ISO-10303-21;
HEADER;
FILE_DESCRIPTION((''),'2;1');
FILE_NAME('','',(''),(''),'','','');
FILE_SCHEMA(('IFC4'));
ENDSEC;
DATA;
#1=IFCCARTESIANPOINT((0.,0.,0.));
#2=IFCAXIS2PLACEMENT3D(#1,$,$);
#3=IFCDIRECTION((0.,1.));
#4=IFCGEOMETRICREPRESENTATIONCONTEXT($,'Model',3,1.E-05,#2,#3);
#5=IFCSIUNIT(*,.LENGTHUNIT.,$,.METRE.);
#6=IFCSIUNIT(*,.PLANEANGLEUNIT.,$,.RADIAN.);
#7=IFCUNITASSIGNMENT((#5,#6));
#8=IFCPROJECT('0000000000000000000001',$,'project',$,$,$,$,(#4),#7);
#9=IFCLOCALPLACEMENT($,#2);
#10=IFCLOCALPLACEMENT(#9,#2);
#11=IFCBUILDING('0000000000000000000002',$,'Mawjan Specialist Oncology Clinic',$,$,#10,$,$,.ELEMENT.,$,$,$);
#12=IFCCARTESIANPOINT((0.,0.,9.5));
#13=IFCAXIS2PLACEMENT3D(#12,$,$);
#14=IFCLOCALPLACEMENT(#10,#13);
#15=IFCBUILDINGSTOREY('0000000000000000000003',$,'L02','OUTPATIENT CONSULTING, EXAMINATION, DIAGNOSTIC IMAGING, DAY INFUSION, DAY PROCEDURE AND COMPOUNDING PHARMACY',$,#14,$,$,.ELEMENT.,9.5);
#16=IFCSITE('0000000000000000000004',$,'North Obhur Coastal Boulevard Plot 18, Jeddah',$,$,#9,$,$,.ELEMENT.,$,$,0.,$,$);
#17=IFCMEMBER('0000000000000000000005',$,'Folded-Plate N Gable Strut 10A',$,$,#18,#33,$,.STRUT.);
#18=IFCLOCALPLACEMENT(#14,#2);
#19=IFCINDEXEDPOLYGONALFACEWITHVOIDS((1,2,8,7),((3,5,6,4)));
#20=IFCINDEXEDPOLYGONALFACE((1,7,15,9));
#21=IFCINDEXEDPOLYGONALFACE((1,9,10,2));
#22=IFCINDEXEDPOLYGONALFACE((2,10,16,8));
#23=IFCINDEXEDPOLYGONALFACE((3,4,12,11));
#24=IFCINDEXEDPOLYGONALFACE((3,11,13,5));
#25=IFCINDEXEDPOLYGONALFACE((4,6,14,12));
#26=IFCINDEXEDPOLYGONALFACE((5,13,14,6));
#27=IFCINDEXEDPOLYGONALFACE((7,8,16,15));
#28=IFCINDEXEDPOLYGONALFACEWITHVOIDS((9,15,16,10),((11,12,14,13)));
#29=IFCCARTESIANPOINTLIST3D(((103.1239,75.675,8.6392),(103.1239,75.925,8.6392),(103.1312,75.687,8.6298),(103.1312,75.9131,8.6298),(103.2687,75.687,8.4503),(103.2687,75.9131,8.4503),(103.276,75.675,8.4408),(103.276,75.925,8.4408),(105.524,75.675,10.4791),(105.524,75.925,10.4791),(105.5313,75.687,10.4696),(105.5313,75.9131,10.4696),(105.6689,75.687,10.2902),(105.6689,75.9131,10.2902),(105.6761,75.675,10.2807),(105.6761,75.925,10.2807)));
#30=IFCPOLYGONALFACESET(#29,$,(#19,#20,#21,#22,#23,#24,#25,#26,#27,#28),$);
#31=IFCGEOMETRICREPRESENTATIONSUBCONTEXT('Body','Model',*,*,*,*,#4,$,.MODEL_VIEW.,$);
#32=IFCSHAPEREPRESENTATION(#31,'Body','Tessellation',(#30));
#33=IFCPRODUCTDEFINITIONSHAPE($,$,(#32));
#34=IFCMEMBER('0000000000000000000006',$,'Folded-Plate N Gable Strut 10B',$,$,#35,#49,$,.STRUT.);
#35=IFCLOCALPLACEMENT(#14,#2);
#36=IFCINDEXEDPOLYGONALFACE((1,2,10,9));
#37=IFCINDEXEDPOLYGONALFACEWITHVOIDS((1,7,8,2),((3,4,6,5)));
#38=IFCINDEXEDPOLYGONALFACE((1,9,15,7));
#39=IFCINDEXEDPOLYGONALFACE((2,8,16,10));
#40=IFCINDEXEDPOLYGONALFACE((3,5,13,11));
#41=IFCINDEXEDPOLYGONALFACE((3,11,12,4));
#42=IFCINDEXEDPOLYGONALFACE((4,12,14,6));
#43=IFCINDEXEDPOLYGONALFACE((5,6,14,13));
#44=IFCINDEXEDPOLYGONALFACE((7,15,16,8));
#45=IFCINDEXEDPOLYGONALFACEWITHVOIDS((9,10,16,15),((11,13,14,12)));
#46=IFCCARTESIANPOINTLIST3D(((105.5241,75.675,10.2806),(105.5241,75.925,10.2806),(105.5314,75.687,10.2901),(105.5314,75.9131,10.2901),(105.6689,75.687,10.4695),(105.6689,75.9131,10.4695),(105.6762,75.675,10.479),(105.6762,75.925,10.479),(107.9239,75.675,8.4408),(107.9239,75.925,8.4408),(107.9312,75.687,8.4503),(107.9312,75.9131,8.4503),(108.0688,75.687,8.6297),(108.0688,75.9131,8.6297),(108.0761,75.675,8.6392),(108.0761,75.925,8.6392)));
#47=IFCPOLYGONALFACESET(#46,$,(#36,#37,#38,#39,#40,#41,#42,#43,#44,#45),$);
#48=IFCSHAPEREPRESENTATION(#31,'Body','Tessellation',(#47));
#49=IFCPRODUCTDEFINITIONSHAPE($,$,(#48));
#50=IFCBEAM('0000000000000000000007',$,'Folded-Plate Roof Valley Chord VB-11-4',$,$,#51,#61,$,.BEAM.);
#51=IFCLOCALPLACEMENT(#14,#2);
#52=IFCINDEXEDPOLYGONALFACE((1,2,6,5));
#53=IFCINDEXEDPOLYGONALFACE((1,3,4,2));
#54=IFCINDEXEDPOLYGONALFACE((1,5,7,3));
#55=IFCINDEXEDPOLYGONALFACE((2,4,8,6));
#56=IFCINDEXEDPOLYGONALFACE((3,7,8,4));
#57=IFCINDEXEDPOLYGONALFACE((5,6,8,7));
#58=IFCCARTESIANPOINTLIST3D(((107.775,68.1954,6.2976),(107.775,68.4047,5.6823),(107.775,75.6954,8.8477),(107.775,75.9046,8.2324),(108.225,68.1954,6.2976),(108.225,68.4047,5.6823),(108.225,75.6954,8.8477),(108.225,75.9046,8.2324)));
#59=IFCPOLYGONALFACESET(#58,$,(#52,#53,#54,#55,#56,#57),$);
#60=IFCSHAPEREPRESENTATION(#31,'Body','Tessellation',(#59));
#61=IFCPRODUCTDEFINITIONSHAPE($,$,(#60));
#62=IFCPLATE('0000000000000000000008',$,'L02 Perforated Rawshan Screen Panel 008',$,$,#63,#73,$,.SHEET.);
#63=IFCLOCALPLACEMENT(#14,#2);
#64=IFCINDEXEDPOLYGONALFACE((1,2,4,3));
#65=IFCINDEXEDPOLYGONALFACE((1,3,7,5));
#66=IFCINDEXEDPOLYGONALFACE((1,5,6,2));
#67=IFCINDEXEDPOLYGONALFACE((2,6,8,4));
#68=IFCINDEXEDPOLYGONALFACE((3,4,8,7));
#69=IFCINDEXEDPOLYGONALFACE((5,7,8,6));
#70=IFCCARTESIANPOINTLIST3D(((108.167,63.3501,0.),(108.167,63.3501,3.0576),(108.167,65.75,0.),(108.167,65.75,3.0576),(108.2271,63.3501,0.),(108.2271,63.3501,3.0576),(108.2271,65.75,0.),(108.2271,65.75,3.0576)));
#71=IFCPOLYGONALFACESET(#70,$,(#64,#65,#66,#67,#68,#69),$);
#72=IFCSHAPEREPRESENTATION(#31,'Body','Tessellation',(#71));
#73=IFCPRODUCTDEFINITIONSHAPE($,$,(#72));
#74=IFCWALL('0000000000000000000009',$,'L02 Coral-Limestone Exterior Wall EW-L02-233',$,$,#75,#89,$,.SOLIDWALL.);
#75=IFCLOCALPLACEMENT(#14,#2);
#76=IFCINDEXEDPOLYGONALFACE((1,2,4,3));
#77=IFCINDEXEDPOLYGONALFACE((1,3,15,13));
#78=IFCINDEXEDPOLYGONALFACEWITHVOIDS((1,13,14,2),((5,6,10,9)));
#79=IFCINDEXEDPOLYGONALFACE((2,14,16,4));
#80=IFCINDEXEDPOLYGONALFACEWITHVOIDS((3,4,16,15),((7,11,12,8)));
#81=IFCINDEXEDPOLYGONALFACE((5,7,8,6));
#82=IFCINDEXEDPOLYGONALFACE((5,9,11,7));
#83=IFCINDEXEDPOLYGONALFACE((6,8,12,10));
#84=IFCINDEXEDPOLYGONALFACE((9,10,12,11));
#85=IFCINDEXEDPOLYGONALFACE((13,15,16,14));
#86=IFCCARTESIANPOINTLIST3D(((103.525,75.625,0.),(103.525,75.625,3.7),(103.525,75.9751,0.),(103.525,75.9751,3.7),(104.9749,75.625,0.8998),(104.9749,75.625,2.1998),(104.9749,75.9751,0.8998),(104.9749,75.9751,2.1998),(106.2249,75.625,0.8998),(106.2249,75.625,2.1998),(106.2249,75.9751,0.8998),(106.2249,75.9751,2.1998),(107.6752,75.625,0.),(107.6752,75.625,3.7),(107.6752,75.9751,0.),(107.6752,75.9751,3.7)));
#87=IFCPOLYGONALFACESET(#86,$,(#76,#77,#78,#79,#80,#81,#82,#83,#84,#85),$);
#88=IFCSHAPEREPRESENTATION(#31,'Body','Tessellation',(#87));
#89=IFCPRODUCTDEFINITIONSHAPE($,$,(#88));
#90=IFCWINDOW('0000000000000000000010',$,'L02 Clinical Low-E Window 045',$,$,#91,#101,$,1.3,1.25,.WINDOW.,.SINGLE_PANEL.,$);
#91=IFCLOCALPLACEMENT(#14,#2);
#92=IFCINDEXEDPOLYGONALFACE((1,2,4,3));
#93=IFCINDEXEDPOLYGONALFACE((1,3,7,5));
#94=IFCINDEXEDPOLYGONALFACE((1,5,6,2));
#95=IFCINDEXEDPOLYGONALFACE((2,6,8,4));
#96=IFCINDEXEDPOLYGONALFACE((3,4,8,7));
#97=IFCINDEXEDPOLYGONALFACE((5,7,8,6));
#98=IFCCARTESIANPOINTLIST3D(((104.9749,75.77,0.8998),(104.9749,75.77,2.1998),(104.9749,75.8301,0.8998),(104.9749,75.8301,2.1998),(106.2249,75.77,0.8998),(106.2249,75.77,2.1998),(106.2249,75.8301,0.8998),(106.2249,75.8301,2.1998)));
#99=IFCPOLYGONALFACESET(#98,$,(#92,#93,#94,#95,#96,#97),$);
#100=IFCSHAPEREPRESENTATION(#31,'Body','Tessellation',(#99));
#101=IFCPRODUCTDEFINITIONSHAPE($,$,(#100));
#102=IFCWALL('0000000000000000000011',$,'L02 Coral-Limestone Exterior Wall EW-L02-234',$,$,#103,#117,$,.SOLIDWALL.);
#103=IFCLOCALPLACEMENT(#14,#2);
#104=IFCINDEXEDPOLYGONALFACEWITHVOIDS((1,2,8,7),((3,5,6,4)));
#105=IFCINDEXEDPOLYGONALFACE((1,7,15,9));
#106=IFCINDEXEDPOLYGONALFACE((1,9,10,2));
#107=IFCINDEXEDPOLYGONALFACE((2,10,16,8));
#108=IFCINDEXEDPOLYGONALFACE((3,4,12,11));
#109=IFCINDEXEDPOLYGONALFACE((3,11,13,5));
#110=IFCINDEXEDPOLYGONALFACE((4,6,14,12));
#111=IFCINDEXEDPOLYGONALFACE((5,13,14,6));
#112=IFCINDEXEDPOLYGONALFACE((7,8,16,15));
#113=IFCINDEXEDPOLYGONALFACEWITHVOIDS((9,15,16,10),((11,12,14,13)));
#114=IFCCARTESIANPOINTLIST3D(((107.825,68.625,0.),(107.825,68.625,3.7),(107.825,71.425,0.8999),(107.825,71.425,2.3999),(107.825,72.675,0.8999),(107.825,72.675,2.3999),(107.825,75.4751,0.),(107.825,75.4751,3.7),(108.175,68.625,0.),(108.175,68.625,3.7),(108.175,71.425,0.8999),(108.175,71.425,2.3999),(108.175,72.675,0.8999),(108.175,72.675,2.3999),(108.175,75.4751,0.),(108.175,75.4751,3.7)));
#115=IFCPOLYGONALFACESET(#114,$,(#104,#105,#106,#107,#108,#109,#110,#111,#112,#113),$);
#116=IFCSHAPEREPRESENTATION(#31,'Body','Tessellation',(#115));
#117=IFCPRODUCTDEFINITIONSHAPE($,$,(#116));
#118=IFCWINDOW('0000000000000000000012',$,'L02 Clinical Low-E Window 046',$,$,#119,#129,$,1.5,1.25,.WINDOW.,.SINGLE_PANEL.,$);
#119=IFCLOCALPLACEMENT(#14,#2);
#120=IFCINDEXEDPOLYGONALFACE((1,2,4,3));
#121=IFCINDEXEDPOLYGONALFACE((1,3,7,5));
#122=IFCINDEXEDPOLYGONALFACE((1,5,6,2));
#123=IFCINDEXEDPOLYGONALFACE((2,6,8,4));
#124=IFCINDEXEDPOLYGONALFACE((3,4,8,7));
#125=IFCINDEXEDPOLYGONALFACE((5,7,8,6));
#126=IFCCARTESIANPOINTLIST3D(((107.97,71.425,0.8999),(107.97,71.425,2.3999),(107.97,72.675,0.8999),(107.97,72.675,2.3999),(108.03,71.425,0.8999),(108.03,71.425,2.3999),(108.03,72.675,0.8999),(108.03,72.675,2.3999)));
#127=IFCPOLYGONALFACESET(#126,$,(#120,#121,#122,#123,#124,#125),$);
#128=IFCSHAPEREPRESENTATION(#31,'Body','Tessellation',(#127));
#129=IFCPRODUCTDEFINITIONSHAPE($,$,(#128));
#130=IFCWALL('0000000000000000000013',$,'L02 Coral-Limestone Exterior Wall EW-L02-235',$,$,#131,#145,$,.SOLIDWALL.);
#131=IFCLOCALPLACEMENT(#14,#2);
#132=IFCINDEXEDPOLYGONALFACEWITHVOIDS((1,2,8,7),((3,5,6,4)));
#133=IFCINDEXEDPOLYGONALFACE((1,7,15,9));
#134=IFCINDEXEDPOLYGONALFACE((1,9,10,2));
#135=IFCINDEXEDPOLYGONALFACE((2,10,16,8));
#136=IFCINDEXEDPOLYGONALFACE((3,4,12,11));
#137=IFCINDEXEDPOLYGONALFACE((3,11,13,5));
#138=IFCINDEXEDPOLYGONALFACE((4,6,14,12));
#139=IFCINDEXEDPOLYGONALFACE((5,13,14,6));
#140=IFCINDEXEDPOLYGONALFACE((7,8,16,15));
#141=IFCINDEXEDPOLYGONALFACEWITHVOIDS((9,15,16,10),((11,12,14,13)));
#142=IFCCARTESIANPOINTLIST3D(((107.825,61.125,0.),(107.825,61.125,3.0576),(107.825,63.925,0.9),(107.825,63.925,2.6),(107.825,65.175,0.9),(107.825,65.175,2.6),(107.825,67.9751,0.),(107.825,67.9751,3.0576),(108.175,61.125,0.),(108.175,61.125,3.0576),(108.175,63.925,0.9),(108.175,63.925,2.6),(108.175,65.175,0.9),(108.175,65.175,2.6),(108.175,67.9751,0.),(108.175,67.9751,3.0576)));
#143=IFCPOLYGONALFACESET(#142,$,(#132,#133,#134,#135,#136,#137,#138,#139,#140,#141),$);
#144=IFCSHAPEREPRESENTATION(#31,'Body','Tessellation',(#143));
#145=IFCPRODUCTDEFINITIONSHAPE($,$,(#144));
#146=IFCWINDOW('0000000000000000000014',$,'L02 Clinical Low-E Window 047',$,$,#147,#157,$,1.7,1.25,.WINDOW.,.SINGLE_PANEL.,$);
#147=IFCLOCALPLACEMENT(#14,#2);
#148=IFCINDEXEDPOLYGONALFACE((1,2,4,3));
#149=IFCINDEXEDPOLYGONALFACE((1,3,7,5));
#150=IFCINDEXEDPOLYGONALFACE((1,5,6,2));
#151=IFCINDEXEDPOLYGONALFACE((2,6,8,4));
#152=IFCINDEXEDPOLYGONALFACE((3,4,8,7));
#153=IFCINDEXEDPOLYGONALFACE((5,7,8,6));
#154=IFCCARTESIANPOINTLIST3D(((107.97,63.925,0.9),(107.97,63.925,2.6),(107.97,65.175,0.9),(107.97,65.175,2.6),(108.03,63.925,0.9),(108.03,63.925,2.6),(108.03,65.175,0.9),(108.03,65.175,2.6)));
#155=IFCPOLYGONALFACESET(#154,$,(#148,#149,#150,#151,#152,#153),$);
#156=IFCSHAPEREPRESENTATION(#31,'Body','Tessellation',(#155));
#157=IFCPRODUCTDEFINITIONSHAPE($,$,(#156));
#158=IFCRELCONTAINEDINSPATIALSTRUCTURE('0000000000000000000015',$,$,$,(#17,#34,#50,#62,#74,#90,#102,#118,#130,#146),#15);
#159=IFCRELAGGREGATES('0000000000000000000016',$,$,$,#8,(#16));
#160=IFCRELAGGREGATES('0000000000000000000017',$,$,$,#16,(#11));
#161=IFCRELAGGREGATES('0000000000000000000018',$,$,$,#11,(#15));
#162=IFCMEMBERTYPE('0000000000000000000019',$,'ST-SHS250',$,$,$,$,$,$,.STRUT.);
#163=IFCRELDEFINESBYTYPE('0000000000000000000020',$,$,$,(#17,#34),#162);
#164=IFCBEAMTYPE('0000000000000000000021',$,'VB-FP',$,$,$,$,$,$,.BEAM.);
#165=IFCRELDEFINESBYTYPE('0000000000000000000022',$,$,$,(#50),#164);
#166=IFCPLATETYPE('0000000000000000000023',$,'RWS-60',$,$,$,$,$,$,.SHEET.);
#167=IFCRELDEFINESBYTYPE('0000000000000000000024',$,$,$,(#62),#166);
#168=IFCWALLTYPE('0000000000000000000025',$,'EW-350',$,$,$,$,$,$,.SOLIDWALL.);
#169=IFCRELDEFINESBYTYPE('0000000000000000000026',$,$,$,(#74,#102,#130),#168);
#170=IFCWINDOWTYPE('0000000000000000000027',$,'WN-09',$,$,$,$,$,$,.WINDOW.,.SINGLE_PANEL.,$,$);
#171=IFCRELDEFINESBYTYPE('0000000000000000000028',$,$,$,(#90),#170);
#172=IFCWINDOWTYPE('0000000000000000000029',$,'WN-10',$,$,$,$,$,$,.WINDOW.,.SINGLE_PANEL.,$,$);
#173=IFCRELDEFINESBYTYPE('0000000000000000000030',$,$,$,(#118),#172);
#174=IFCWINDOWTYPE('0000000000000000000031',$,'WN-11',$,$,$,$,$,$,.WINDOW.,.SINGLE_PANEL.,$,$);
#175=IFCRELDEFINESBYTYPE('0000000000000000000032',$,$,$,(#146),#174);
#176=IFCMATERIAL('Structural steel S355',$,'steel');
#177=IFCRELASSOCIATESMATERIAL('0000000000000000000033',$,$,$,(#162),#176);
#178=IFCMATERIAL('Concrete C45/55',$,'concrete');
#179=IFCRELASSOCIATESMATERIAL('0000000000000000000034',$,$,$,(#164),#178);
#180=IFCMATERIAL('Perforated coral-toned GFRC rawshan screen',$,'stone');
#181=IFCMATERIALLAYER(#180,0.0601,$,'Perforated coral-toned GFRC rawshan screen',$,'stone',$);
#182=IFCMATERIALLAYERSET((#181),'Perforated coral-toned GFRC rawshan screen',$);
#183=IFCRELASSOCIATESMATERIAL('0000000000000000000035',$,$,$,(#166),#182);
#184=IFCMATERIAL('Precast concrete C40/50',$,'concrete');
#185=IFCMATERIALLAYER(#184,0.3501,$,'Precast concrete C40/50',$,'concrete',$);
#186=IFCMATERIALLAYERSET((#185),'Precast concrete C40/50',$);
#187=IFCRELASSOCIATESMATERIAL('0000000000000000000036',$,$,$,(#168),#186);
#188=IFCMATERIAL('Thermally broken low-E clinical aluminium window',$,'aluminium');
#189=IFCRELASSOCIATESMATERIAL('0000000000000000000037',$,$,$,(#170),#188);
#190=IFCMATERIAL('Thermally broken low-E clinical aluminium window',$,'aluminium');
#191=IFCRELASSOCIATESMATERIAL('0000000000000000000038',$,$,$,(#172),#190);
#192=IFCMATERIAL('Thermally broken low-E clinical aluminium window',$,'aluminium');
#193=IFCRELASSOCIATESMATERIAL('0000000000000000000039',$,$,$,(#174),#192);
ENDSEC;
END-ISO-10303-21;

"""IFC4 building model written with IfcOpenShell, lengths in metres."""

from ifc_helpers import new_model, si_unit, direction, frame, frame_2d, origin, origin_2d, place, context, subcontext, project, spatial, rectangle, hollow_rectangle, extrude, material, layer, layer_set, material_profile, profile_set, type_object, element, fill, save


model = new_model("IFC4")

# Units and contexts
model_context = context("Model", 3, precision=1e-05, world=origin(), true_north=direction((0.0, 1.0)))
body_context = subcontext(model_context, "Body", "Model", "MODEL_VIEW")
ifc_project = project(units=[si_unit("LENGTHUNIT", "METRE"), si_unit("PLANEANGLEUNIT", "RADIAN")], contexts=[model_context])

# Site, building, storey
site_placement = place(None, origin())
site = spatial("IfcSite", under=ifc_project, at=site_placement, Name="North Obhur Coastal Boulevard Plot 18, Jeddah", CompositionType="ELEMENT", RefElevation=0.0)
building_placement = place(site_placement, origin())
building = spatial("IfcBuilding", under=site, at=building_placement, Name="Mawjan Specialist Oncology Clinic", CompositionType="ELEMENT")
storey_placement = place(building_placement, frame((0.0, 0.0, 9.5)))
storey = spatial("IfcBuildingStorey", under=building, at=storey_placement, Name="L02", Description="OUTPATIENT CONSULTING, EXAMINATION, DIAGNOSTIC IMAGING, DAY INFUSION, DAY PROCEDURE AND COMPOUNDING PHARMACY", CompositionType="ELEMENT", Elevation=9.5)

# Members
ifc_material_1 = material(Name="Structural steel S355", Category="steel")
ifc_material_profile_1 = material_profile(ifc_material_1, hollow_rectangle(XDim=0.25, YDim=0.25, WallThickness=0.012, at=origin_2d()), Name="SHS 250x250x12", Category="steel")
ifc_profile_set_1 = profile_set([ifc_material_profile_1], Name="Structural steel S355")
member_type = type_object("IfcMemberType", Name="ST-SHS250", PredefinedType="STRUT", material=ifc_profile_set_1)
member_1_placement = place(storey_placement, frame((103.2, 75.8, 8.54), z_axis=(0.793649, 0.0, 0.608376), x_axis=(0.0, 1.0, 0.0)))
element("IfcMember", 1, at=member_1_placement, inside=storey, type_object=member_type, Name="Folded-Plate N Gable Strut 10A", PredefinedType="STRUT", context=body_context, shape_type="SweptSolid", body=[
    extrude(hollow_rectangle(XDim=0.25, YDim=0.25, WallThickness=0.012, at=origin_2d()), origin(), (0.0, 0.0, 1.0), 3.0242),
])
member_2_placement = place(storey_placement, frame((108.0, 75.8, 8.54), z_axis=(-0.793619, 0.0, 0.608415), x_axis=(0.0, -1.0, 0.0)))
element("IfcMember", 2, at=member_2_placement, inside=storey, type_object=member_type, Name="Folded-Plate N Gable Strut 10B", PredefinedType="STRUT", context=body_context, shape_type="SweptSolid", body=[
    extrude(hollow_rectangle(XDim=0.25, YDim=0.25, WallThickness=0.012, at=origin_2d()), origin(), (0.0, 0.0, 1.0), 3.0239),
])

# Beam
ifc_material_2 = material(Name="Concrete C45/55", Category="concrete")
ifc_material_profile_2 = material_profile(ifc_material_2, rectangle(XDim=0.45, YDim=0.6499, at=origin_2d()), Name="RC VALLEY 450x650", Category="concrete")
ifc_profile_set_2 = profile_set([ifc_material_profile_2], Name="Concrete C45/55")
beam_type_1 = type_object("IfcBeamType", Name="VB-FP", PredefinedType="BEAM", material=ifc_profile_set_2)
beam_1_placement = place(storey_placement, frame((108.0, 68.3, 5.99), z_axis=(0.0, 0.946771, 0.321908), x_axis=(-1.0, 0.0, 0.0)))
element("IfcBeam", 3, at=beam_1_placement, inside=storey, type_object=beam_type_1, Name="Folded-Plate Roof Valley Chord VB-11-4", PredefinedType="BEAM", context=body_context, shape_type="SweptSolid", body=[
    extrude(rectangle(XDim=0.45, YDim=0.6499, at=origin_2d()), origin(), (0.0, 0.0, 1.0), 7.9216),
])

# Plate
ifc_material_3 = material(Name="Perforated coral-toned GFRC rawshan screen", Category="stone")
ifc_layer_1 = layer(ifc_material_3, 0.0601, Name="Perforated coral-toned GFRC rawshan screen", Category="stone")
ifc_layer_set_1 = layer_set([ifc_layer_1], Name="Perforated coral-toned GFRC rawshan screen")
plate_type = type_object("IfcPlateType", Name="RWS-60", PredefinedType="SHEET", material=ifc_layer_set_1)
plate_placement = place(storey_placement, frame((108.197, 64.55, 0.0), z_axis=(0.0, 0.0, 1.0), x_axis=(0.0, -1.0, 0.0)))
element("IfcPlate", 4, at=plate_placement, inside=storey, type_object=plate_type, Name="L02 Perforated Rawshan Screen Panel 008", PredefinedType="SHEET", context=body_context, shape_type="SweptSolid", body=[
    extrude(rectangle(XDim=2.3999, YDim=0.0601, at=origin_2d()), origin(), (0.0, 0.0, 1.0), 3.0576),
])

# Walls, openings, windows
ifc_material_4 = material(Name="Precast concrete C40/50", Category="concrete")
ifc_layer_2 = layer(ifc_material_4, 0.3501, Name="Precast concrete C40/50", Category="concrete")
ifc_layer_set_2 = layer_set([ifc_layer_2], Name="Precast concrete C40/50")
wall_type = type_object("IfcWallType", Name="EW-350", PredefinedType="SOLIDWALL", material=ifc_layer_set_2)
wall_1_placement = place(storey_placement, frame((103.5249, 75.8, 0.0), z_axis=(0.0, 0.0, 1.0), x_axis=(1.0, 0.0, 0.0)))
wall_1 = element("IfcWall", 5, at=wall_1_placement, inside=storey, type_object=wall_type, Name="L02 Coral-Limestone Exterior Wall EW-L02-233", PredefinedType="SOLIDWALL", context=body_context, shape_type="SweptSolid", body=[
    extrude(rectangle(XDim=4.1501, YDim=0.3501, at=frame_2d((2.0752, 0.0))), origin(), (0.0, 0.0, 1.0), 3.7),
])
opening_1_placement = place(wall_1_placement, frame((1.45, 0.0, 0.8999)))
opening_1 = element("IfcOpeningElement", 6, at=opening_1_placement, cuts=wall_1, PredefinedType="OPENING", context=body_context, shape_type="SweptSolid", body=[
    extrude(rectangle(XDim=1.25, YDim=1.3, at=frame_2d((0.625, 0.6499))), frame((0.0, 0.187, 0.0), z_axis=(0.0, -1.0, 0.0), x_axis=(1.0, 0.0, 0.0)), (0.0, 0.0, 1.0), 0.374),
])
ifc_material_5 = material(Name="Thermally broken low-E clinical aluminium window", Category="aluminium")
window_type_1 = type_object("IfcWindowType", Name="WN-09", PartitioningType="SINGLE_PANEL", PredefinedType="WINDOW", material=ifc_material_5)
window_1_placement = place(opening_1_placement, origin())
window_1 = element("IfcWindow", 7, at=window_1_placement, inside=storey, type_object=window_type_1, Name="L02 Clinical Low-E Window 045", OverallHeight=1.3, OverallWidth=1.25, PartitioningType="SINGLE_PANEL", PredefinedType="WINDOW", context=body_context, shape_type="SweptSolid", body=[
    extrude(rectangle(XDim=1.25, YDim=1.3, at=frame_2d((0.625, 0.6499))), frame((0.0, 0.03, 0.0), z_axis=(0.0, -1.0, 0.0), x_axis=(1.0, 0.0, 0.0)), (0.0, 0.0, 1.0), 0.0601),
])
fill(opening_1, window_1)
wall_2_placement = place(storey_placement, frame((108.0, 75.4751, 0.0), z_axis=(0.0, 0.0, 1.0), x_axis=(0.0, -1.0, 0.0)))
wall_2 = element("IfcWall", 8, at=wall_2_placement, inside=storey, type_object=wall_type, Name="L02 Coral-Limestone Exterior Wall EW-L02-234", PredefinedType="SOLIDWALL", context=body_context, shape_type="SweptSolid", body=[
    extrude(rectangle(XDim=6.8501, YDim=0.3501, at=frame_2d((3.425, 0.0))), origin(), (0.0, 0.0, 1.0), 3.7),
])
opening_2_placement = place(wall_2_placement, frame((2.8, 0.0, 0.8999)))
opening_2 = element("IfcOpeningElement", 9, at=opening_2_placement, cuts=wall_2, PredefinedType="OPENING", context=body_context, shape_type="SweptSolid", body=[
    extrude(rectangle(XDim=1.25, YDim=1.5, at=frame_2d((0.625, 0.75))), frame((0.0, 0.187, 0.0), z_axis=(0.0, -1.0, 0.0), x_axis=(1.0, 0.0, 0.0)), (0.0, 0.0, 1.0), 0.374),
])
ifc_material_6 = material(Name="Thermally broken low-E clinical aluminium window", Category="aluminium")
window_type_2 = type_object("IfcWindowType", Name="WN-10", PartitioningType="SINGLE_PANEL", PredefinedType="WINDOW", material=ifc_material_6)
window_2_placement = place(opening_2_placement, origin())
window_2 = element("IfcWindow", 10, at=window_2_placement, inside=storey, type_object=window_type_2, Name="L02 Clinical Low-E Window 046", OverallHeight=1.5, OverallWidth=1.25, PartitioningType="SINGLE_PANEL", PredefinedType="WINDOW", context=body_context, shape_type="SweptSolid", body=[
    extrude(rectangle(XDim=1.25, YDim=1.5, at=frame_2d((0.625, 0.75))), frame((0.0, 0.03, 0.0), z_axis=(0.0, -1.0, 0.0), x_axis=(1.0, 0.0, 0.0)), (0.0, 0.0, 1.0), 0.0601),
])
fill(opening_2, window_2)
wall_3_placement = place(storey_placement, frame((108.0, 67.9751, 0.0), z_axis=(0.0, 0.0, 1.0), x_axis=(0.0, -1.0, 0.0)))
wall_3 = element("IfcWall", 11, at=wall_3_placement, inside=storey, type_object=wall_type, Name="L02 Coral-Limestone Exterior Wall EW-L02-235", PredefinedType="SOLIDWALL", context=body_context, shape_type="SweptSolid", body=[
    extrude(rectangle(XDim=6.8501, YDim=0.3501, at=frame_2d((3.425, 0.0))), origin(), (0.0, 0.0, 1.0), 3.0576),
])
opening_3_placement = place(wall_3_placement, frame((2.8, 0.0, 0.8999)))
opening_3 = element("IfcOpeningElement", 12, at=opening_3_placement, cuts=wall_3, PredefinedType="OPENING", context=body_context, shape_type="SweptSolid", body=[
    extrude(rectangle(XDim=1.25, YDim=1.7, at=frame_2d((0.625, 0.8501))), frame((0.0, 0.187, 0.0), z_axis=(0.0, -1.0, 0.0), x_axis=(1.0, 0.0, 0.0)), (0.0, 0.0, 1.0), 0.374),
])
ifc_material_7 = material(Name="Thermally broken low-E clinical aluminium window", Category="aluminium")
window_type_3 = type_object("IfcWindowType", Name="WN-11", PartitioningType="SINGLE_PANEL", PredefinedType="WINDOW", material=ifc_material_7)
window_3_placement = place(opening_3_placement, origin())
window_3 = element("IfcWindow", 13, at=window_3_placement, inside=storey, type_object=window_type_3, Name="L02 Clinical Low-E Window 047", OverallHeight=1.7, OverallWidth=1.25, PartitioningType="SINGLE_PANEL", PredefinedType="WINDOW", context=body_context, shape_type="SweptSolid", body=[
    extrude(rectangle(XDim=1.25, YDim=1.7, at=frame_2d((0.625, 0.8501))), frame((0.0, 0.03, 0.0), z_axis=(0.0, -1.0, 0.0), x_axis=(1.0, 0.0, 0.0)), (0.0, 0.0, 1.0), 0.0601),
])
fill(opening_3, window_3)

save(model, "model.ifc")
